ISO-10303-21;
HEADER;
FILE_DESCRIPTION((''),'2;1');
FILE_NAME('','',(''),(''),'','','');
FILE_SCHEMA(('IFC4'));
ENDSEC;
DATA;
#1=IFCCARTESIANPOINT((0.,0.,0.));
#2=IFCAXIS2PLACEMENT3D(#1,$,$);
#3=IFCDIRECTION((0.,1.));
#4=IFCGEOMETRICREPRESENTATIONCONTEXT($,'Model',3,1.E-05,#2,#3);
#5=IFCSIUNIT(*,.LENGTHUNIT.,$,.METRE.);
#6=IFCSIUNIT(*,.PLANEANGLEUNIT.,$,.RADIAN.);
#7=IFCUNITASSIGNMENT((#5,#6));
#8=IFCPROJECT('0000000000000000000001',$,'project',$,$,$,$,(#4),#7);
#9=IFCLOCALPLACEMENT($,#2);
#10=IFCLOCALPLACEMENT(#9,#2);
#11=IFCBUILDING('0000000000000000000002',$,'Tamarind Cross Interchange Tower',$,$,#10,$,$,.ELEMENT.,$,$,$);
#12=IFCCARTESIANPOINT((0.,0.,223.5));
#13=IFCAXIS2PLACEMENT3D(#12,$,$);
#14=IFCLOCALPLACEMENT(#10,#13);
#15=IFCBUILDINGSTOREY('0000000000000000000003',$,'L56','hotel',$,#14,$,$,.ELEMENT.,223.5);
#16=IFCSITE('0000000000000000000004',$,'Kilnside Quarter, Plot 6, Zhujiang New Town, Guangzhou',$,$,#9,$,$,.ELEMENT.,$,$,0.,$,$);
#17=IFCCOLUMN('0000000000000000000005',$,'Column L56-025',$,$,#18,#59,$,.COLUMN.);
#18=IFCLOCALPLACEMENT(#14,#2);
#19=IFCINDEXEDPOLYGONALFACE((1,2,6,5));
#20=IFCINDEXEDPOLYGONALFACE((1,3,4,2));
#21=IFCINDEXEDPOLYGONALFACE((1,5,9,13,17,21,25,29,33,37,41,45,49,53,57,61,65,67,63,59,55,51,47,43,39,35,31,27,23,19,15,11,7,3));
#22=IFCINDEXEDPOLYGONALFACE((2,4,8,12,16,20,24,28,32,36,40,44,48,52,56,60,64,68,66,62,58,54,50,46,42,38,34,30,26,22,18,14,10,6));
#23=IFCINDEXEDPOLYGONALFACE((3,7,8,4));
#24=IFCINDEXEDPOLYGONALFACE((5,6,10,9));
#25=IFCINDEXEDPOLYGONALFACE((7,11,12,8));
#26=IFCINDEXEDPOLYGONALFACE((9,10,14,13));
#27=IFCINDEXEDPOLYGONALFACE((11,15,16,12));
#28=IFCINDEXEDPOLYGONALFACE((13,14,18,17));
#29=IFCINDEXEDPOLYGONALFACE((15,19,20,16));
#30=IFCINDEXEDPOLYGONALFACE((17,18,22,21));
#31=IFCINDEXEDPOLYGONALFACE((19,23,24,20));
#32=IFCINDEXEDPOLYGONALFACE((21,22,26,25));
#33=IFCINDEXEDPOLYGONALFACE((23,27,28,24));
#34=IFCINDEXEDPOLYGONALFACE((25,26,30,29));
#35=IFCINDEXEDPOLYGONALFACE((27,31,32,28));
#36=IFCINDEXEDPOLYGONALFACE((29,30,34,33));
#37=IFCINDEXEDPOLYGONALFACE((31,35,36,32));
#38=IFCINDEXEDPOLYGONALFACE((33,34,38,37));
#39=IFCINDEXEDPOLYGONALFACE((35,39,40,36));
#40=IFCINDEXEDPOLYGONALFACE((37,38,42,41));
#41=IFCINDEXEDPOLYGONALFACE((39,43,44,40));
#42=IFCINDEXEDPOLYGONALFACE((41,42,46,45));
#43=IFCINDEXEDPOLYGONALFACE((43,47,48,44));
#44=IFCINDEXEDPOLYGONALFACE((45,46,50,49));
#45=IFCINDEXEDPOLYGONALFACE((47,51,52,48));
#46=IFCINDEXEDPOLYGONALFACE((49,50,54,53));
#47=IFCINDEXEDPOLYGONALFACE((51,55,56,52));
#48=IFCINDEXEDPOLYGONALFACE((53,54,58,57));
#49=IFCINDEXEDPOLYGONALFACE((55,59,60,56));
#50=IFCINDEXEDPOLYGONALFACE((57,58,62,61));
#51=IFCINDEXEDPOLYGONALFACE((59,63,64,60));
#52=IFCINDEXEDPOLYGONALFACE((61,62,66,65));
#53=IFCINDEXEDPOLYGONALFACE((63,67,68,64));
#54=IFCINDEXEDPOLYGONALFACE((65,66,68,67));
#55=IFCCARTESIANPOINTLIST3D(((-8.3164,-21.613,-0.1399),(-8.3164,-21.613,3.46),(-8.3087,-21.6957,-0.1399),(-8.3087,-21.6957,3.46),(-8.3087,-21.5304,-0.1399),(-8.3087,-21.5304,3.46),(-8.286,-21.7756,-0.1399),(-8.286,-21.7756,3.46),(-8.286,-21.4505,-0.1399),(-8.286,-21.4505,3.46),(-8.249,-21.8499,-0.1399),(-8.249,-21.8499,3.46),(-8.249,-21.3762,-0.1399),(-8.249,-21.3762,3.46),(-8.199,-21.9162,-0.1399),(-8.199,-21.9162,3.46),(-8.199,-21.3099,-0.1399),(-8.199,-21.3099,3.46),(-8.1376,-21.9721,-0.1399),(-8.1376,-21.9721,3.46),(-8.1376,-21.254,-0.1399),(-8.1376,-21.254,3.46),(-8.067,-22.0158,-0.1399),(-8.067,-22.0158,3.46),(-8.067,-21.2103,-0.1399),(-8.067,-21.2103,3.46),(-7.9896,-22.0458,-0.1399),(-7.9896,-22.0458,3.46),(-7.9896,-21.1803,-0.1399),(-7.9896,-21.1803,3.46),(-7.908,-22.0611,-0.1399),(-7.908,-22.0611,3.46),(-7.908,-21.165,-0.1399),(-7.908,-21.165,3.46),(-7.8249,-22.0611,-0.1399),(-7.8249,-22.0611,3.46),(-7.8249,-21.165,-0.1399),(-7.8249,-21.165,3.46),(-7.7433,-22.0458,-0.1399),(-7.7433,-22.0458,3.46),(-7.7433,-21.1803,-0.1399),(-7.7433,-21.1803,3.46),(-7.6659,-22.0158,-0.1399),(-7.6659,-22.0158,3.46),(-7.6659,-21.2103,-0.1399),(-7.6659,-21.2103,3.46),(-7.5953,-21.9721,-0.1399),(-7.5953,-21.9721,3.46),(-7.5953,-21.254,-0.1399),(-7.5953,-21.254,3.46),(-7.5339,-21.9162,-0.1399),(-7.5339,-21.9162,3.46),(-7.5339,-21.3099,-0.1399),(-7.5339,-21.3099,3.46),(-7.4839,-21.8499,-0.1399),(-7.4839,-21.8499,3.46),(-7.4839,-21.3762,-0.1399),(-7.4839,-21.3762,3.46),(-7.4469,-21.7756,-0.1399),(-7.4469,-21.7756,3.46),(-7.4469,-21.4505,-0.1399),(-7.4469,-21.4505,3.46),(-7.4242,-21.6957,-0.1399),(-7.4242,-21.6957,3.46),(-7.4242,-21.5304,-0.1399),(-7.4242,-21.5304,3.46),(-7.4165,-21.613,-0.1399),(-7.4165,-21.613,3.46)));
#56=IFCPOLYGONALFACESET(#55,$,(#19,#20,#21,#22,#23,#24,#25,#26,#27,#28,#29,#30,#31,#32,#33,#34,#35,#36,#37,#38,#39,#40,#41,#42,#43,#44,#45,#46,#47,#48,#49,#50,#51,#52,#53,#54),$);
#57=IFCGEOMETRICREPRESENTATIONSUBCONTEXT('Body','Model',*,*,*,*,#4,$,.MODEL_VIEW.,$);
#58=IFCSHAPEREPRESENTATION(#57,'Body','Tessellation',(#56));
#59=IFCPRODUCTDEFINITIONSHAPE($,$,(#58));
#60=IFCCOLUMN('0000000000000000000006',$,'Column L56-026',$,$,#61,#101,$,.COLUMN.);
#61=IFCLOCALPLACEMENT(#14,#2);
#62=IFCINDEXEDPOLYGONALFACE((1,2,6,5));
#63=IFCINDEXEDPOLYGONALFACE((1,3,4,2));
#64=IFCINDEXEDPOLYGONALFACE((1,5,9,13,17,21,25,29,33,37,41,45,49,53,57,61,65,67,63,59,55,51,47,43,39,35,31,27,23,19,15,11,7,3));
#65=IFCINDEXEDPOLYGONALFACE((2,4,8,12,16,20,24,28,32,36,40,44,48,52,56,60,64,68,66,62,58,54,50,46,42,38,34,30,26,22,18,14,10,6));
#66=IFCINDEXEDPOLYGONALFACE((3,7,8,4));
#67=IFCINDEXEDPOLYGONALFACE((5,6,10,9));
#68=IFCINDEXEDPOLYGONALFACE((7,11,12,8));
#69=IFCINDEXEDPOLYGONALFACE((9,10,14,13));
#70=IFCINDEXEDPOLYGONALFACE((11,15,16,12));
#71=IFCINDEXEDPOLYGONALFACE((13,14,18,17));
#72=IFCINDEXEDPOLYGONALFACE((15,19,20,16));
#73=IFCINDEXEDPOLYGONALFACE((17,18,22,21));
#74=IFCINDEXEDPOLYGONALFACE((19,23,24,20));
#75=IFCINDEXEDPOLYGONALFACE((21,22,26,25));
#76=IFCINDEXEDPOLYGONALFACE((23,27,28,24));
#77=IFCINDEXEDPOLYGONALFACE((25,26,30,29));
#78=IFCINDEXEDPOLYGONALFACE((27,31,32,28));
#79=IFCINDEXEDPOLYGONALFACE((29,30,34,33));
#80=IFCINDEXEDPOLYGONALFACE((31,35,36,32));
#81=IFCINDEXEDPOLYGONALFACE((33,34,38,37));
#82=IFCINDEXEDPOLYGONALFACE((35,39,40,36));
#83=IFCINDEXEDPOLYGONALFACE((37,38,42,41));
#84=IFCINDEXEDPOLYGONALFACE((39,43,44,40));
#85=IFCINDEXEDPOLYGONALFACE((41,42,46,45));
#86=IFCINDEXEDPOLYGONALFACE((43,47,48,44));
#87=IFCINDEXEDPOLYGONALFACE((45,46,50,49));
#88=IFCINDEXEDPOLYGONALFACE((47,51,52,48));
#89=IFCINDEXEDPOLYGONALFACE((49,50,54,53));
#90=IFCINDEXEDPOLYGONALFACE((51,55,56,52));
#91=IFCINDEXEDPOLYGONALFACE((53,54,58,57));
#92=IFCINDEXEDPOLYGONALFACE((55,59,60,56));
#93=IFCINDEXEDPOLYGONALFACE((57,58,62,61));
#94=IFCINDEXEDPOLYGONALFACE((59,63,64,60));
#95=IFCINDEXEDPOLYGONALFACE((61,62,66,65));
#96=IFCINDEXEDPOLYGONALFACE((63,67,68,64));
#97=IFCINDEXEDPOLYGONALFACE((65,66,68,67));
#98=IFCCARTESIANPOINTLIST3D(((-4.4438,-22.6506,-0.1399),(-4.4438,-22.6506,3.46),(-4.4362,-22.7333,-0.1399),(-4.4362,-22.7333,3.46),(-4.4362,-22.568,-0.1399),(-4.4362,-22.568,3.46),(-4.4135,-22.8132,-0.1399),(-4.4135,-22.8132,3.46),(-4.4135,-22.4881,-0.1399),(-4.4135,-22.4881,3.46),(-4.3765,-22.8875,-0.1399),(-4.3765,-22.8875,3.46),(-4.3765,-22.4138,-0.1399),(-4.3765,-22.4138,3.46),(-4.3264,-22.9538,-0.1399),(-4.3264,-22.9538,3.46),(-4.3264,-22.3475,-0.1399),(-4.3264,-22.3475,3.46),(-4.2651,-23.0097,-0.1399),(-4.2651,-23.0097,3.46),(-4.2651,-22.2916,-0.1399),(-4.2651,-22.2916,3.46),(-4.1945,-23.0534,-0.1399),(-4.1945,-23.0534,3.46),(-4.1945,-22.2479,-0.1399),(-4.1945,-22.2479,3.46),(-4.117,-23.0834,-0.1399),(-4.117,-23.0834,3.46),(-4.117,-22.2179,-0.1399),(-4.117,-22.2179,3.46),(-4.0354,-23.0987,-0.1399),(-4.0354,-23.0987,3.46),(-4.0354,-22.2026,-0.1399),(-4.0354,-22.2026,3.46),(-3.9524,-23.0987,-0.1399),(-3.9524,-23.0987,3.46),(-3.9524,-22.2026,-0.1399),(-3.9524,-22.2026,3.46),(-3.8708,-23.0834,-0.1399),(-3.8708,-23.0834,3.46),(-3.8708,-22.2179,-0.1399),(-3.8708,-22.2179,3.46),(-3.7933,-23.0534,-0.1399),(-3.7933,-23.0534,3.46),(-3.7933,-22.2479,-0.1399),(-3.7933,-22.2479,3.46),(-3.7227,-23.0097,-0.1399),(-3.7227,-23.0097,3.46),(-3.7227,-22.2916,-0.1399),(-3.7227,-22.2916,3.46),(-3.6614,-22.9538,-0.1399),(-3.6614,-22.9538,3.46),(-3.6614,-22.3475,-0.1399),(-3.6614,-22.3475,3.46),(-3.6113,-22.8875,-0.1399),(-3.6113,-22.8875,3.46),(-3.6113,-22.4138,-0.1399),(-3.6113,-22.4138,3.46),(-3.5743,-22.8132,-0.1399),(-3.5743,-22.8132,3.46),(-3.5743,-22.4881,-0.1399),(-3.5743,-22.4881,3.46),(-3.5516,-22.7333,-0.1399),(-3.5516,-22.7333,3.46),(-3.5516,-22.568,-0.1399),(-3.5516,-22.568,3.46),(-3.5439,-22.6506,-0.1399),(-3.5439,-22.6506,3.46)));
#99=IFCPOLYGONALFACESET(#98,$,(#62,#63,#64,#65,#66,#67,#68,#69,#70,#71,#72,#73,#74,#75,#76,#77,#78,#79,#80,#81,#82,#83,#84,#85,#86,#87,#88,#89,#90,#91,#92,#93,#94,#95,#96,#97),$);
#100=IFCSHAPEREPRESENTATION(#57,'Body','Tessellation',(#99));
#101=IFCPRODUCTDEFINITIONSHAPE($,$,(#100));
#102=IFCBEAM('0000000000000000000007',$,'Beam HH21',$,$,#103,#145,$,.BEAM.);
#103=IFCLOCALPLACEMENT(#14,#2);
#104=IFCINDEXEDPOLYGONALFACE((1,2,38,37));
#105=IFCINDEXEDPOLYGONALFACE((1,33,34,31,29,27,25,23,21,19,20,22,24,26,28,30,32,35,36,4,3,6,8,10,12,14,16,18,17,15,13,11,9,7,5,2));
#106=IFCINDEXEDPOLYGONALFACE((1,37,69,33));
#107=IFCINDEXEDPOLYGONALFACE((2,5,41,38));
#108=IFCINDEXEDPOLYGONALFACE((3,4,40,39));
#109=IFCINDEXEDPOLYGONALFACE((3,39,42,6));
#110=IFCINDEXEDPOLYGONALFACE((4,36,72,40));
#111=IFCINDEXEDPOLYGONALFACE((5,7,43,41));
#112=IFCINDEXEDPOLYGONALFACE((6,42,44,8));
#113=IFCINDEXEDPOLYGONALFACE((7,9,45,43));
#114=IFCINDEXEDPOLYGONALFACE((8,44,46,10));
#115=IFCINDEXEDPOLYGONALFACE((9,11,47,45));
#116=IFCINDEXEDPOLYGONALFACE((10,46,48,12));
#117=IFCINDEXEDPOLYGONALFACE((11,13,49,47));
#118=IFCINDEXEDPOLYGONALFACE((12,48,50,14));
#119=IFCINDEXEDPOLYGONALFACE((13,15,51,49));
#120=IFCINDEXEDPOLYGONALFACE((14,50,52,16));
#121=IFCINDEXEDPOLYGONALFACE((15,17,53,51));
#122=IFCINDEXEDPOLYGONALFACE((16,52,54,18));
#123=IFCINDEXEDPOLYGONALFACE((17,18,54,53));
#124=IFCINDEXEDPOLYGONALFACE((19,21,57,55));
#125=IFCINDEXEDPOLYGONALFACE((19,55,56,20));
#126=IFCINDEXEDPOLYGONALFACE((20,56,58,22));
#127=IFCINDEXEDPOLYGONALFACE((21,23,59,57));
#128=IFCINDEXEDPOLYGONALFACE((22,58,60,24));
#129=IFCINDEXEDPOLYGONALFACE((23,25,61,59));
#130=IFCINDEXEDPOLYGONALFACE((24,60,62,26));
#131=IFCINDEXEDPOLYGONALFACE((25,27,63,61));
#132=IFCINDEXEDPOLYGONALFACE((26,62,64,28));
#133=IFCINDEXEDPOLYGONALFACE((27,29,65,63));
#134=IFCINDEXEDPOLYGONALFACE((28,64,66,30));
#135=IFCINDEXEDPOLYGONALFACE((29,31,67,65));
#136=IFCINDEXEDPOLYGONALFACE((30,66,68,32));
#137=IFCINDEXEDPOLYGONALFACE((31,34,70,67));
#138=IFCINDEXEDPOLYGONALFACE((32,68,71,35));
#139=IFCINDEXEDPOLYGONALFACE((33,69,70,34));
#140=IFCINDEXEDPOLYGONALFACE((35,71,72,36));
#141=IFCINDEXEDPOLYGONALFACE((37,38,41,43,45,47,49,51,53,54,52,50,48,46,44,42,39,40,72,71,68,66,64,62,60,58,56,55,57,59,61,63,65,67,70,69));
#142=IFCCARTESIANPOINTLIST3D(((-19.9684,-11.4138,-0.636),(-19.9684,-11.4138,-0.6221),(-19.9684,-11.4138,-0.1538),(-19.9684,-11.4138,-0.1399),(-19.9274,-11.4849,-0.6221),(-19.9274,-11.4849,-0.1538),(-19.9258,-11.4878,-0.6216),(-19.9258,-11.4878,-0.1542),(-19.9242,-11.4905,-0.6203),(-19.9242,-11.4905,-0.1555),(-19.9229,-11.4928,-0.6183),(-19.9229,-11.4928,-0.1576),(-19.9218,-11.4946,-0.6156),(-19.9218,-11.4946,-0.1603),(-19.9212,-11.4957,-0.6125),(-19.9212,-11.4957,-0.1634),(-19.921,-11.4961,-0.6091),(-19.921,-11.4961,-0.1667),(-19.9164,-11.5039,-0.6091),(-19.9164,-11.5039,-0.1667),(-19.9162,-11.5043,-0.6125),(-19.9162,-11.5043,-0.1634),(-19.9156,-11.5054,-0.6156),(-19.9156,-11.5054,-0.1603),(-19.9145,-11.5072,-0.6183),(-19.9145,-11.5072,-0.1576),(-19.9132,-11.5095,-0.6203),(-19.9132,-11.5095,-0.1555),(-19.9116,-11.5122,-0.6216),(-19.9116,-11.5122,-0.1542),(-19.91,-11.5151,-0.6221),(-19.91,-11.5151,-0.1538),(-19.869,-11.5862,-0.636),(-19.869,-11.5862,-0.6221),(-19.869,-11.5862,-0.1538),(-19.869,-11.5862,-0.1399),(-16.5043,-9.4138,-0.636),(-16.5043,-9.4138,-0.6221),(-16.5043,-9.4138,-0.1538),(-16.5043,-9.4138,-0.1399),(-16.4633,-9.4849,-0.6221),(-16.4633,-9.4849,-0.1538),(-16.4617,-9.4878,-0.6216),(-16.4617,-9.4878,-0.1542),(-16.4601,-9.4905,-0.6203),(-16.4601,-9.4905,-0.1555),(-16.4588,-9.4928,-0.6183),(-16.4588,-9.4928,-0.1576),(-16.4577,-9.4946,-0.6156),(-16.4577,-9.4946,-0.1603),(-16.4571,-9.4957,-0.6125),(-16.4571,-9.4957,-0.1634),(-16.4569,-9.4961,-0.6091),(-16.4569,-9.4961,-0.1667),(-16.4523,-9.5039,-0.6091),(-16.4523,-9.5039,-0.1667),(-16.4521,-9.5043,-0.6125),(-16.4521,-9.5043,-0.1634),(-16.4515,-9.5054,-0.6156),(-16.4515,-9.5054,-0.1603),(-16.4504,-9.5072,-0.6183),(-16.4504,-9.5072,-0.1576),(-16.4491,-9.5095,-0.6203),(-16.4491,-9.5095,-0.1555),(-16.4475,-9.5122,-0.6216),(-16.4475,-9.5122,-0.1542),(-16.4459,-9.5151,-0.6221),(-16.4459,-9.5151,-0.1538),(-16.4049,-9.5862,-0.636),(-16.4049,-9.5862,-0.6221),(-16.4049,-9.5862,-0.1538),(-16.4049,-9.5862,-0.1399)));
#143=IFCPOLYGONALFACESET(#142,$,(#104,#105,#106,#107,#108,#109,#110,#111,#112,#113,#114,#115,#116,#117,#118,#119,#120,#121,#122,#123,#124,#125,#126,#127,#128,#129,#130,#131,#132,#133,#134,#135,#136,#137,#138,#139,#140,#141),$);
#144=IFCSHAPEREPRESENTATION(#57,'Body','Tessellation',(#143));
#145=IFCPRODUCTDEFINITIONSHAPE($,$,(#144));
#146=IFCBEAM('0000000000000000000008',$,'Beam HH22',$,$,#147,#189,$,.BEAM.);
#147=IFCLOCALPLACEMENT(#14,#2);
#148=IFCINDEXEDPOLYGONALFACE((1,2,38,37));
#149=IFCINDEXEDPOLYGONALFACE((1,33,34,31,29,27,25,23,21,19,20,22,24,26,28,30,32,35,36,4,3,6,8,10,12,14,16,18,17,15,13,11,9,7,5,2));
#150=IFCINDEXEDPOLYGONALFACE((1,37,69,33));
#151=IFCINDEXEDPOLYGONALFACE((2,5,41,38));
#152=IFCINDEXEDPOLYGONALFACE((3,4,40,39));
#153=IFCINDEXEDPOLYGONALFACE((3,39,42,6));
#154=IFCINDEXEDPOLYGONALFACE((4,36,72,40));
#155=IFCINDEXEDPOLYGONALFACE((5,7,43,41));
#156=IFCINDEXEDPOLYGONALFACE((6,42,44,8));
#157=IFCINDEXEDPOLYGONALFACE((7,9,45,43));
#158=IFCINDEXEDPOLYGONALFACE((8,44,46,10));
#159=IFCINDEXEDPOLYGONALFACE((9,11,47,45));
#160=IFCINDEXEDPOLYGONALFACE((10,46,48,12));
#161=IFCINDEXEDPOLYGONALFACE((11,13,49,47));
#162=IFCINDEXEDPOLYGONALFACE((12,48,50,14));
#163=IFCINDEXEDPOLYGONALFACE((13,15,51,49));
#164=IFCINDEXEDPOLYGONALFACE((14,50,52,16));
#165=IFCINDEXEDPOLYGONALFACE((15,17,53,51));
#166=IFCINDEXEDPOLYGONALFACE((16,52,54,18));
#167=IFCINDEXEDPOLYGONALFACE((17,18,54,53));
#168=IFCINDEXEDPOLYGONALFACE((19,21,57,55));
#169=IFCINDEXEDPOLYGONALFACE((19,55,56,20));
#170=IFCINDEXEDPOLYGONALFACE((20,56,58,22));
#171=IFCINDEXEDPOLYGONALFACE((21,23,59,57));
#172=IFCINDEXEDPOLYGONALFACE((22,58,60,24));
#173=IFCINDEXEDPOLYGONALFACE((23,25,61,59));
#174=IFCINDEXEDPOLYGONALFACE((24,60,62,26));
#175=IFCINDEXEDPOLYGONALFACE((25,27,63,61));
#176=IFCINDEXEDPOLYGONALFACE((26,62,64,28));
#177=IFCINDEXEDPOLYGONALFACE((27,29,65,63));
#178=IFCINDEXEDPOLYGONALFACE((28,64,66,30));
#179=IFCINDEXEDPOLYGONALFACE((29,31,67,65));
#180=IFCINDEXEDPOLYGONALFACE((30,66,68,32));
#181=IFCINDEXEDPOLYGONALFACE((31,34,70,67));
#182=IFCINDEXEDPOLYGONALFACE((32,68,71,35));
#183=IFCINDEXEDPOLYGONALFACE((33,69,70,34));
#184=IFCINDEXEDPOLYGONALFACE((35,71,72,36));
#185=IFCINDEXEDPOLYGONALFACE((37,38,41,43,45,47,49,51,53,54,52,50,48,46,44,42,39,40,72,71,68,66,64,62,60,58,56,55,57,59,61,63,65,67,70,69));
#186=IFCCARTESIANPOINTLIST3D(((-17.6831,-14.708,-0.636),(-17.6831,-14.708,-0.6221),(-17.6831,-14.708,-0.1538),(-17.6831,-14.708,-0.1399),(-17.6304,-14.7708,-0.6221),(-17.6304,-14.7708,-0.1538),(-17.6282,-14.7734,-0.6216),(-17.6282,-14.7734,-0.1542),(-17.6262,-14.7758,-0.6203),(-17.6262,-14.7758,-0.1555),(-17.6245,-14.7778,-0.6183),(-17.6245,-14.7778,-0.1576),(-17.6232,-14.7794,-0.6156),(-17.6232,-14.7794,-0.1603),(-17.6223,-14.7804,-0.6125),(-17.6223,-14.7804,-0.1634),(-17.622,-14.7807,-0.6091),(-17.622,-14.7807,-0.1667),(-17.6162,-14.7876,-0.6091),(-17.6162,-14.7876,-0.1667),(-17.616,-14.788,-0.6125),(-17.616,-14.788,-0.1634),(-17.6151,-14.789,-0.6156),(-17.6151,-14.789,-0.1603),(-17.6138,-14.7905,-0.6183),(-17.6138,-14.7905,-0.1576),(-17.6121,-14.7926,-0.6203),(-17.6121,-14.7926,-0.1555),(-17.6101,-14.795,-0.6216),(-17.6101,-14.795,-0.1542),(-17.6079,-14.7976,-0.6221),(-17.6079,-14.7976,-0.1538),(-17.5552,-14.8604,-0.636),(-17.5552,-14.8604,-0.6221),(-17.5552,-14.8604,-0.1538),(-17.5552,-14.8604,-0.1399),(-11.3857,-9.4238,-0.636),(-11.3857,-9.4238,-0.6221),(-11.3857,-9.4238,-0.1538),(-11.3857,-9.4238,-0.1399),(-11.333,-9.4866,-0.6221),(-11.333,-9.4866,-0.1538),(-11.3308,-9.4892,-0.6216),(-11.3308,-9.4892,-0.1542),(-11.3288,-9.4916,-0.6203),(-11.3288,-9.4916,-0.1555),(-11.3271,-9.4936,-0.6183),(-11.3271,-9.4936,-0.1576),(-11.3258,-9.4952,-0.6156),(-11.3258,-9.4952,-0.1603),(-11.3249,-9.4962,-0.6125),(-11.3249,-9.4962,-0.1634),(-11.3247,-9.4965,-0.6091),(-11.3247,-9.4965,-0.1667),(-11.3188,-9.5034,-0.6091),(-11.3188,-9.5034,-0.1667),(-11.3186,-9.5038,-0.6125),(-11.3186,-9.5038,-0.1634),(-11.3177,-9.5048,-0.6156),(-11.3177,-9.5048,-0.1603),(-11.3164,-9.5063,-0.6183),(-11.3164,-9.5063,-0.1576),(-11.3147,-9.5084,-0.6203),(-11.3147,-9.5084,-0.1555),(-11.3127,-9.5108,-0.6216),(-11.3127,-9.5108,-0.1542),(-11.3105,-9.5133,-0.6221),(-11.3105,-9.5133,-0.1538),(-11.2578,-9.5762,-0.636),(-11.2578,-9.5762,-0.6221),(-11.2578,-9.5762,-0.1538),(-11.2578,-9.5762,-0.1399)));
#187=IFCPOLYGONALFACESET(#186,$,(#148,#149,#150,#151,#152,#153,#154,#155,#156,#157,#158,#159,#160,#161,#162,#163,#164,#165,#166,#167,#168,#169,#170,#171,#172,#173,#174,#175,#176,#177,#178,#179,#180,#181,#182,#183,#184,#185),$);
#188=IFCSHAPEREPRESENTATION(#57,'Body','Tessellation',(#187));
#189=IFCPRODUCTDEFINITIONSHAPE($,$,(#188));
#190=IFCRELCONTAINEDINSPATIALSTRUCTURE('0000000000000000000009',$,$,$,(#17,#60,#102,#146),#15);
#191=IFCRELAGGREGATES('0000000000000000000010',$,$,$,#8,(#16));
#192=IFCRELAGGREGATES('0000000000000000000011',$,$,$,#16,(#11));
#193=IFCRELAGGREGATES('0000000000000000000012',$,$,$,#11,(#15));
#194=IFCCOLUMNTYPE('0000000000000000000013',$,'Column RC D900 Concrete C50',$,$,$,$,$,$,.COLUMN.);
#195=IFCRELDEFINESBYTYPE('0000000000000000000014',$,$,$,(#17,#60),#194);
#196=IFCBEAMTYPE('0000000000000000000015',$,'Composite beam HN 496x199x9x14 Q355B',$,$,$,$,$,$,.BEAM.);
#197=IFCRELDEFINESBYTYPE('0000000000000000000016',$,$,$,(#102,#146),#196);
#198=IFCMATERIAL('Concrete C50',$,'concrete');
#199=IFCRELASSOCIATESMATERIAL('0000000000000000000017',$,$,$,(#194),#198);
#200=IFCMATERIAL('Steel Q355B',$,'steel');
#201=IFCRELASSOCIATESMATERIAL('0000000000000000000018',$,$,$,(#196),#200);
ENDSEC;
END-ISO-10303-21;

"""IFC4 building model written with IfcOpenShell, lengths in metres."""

from ifc_helpers import new_model, si_unit, direction, frame, origin, origin_2d, place, context, subcontext, project, spatial, circle, i_section, extrude, material, material_profile, profile_set, type_object, element, save


model = new_model("IFC4")

# Units and contexts
model_context = context("Model", 3, precision=1e-05, world=origin(), true_north=direction((0.0, 1.0)))
body_context = subcontext(model_context, "Body", "Model", "MODEL_VIEW")
ifc_project = project(units=[si_unit("LENGTHUNIT", "METRE"), si_unit("PLANEANGLEUNIT", "RADIAN")], contexts=[model_context])

# Site, building, storey
site_placement = place(None, origin())
site = spatial("IfcSite", under=ifc_project, at=site_placement, Name="Kilnside Quarter, Plot 6, Zhujiang New Town, Guangzhou", CompositionType="ELEMENT", RefElevation=0.0)
building_placement = place(site_placement, origin())
building = spatial("IfcBuilding", under=site, at=building_placement, Name="Tamarind Cross Interchange Tower", CompositionType="ELEMENT")
storey_placement = place(building_placement, frame((0.0, 0.0, 223.5)))
storey = spatial("IfcBuildingStorey", under=building, at=storey_placement, Name="L56", Description="hotel", CompositionType="ELEMENT", Elevation=223.5)

# Columns
ifc_material_1 = material(Name="Concrete C50", Category="concrete")
ifc_material_profile_1 = material_profile(ifc_material_1, circle(Radius=0.45, at=origin_2d()), Name="RC D900")
ifc_profile_set_1 = profile_set([ifc_material_profile_1], Name="Concrete C50")
column_type = type_object("IfcColumnType", Name="Column RC D900 Concrete C50", PredefinedType="COLUMN", material=ifc_profile_set_1)
for number, where, z_axis, x_axis, name in (
    (1, (-7.8665, -21.613, -0.1399), (0.0, 0.0, 1.0), (1.0, 0.0, 0.0), "Column L56-025"),
    (2, (-3.9939, -22.6506, -0.1399), (0.0, 0.0, 1.0), (1.0, 0.0, 0.0), "Column L56-026"),
):
    element("IfcColumn", number, at=place(storey_placement, frame(where, z_axis=z_axis, x_axis=x_axis)), inside=storey, type_object=column_type, Name=name, PredefinedType="COLUMN", context=body_context, shape_type="SweptSolid", body=[
        extrude(circle(Radius=0.45, at=origin_2d()), origin(), (0.0, 0.0, 1.0), 3.5999),
    ])

# Beams
ifc_material_2 = material(Name="Steel Q355B", Category="steel")
ifc_material_profile_2 = material_profile(ifc_material_2, i_section(OverallWidth=0.199, OverallDepth=0.4961, WebThickness=0.009, FlangeThickness=0.0139, FilletRadius=0.0129, at=origin_2d()), Name="HN 496x199x9x14")
ifc_profile_set_2 = profile_set([ifc_material_profile_2], Name="Steel Q355B")
beam_type = type_object("IfcBeamType", Name="Composite beam HN 496x199x9x14 Q355B", PredefinedType="BEAM", material=ifc_profile_set_2)
beam_1_placement = place(storey_placement, frame((-19.9187, -11.5, -0.3879), z_axis=(0.866026, 0.499999, 0.0), x_axis=(-0.499999, 0.866026, 0.0)))
element("IfcBeam", 3, at=beam_1_placement, inside=storey, type_object=beam_type, Name="Beam HH21", PredefinedType="BEAM", context=body_context, shape_type="SweptSolid", body=[
    extrude(i_section(OverallWidth=0.199, OverallDepth=0.4961, WebThickness=0.009, FlangeThickness=0.0139, FilletRadius=0.0129, at=origin_2d()), origin(), (0.0, 0.0, 1.0), 4.0),
])
beam_2_placement = place(storey_placement, frame((-17.6191, -14.7842, -0.3879), z_axis=(0.766041, 0.642792, 0.0), x_axis=(-0.642792, 0.766041, 0.0)))
element("IfcBeam", 4, at=beam_2_placement, inside=storey, type_object=beam_type, Name="Beam HH22", PredefinedType="BEAM", context=body_context, shape_type="SweptSolid", body=[
    extrude(i_section(OverallWidth=0.199, OverallDepth=0.4961, WebThickness=0.009, FlangeThickness=0.0139, FilletRadius=0.0129, at=origin_2d()), origin(), (0.0, 0.0, 1.0), 8.2207),
])

save(model, "model.ifc")
